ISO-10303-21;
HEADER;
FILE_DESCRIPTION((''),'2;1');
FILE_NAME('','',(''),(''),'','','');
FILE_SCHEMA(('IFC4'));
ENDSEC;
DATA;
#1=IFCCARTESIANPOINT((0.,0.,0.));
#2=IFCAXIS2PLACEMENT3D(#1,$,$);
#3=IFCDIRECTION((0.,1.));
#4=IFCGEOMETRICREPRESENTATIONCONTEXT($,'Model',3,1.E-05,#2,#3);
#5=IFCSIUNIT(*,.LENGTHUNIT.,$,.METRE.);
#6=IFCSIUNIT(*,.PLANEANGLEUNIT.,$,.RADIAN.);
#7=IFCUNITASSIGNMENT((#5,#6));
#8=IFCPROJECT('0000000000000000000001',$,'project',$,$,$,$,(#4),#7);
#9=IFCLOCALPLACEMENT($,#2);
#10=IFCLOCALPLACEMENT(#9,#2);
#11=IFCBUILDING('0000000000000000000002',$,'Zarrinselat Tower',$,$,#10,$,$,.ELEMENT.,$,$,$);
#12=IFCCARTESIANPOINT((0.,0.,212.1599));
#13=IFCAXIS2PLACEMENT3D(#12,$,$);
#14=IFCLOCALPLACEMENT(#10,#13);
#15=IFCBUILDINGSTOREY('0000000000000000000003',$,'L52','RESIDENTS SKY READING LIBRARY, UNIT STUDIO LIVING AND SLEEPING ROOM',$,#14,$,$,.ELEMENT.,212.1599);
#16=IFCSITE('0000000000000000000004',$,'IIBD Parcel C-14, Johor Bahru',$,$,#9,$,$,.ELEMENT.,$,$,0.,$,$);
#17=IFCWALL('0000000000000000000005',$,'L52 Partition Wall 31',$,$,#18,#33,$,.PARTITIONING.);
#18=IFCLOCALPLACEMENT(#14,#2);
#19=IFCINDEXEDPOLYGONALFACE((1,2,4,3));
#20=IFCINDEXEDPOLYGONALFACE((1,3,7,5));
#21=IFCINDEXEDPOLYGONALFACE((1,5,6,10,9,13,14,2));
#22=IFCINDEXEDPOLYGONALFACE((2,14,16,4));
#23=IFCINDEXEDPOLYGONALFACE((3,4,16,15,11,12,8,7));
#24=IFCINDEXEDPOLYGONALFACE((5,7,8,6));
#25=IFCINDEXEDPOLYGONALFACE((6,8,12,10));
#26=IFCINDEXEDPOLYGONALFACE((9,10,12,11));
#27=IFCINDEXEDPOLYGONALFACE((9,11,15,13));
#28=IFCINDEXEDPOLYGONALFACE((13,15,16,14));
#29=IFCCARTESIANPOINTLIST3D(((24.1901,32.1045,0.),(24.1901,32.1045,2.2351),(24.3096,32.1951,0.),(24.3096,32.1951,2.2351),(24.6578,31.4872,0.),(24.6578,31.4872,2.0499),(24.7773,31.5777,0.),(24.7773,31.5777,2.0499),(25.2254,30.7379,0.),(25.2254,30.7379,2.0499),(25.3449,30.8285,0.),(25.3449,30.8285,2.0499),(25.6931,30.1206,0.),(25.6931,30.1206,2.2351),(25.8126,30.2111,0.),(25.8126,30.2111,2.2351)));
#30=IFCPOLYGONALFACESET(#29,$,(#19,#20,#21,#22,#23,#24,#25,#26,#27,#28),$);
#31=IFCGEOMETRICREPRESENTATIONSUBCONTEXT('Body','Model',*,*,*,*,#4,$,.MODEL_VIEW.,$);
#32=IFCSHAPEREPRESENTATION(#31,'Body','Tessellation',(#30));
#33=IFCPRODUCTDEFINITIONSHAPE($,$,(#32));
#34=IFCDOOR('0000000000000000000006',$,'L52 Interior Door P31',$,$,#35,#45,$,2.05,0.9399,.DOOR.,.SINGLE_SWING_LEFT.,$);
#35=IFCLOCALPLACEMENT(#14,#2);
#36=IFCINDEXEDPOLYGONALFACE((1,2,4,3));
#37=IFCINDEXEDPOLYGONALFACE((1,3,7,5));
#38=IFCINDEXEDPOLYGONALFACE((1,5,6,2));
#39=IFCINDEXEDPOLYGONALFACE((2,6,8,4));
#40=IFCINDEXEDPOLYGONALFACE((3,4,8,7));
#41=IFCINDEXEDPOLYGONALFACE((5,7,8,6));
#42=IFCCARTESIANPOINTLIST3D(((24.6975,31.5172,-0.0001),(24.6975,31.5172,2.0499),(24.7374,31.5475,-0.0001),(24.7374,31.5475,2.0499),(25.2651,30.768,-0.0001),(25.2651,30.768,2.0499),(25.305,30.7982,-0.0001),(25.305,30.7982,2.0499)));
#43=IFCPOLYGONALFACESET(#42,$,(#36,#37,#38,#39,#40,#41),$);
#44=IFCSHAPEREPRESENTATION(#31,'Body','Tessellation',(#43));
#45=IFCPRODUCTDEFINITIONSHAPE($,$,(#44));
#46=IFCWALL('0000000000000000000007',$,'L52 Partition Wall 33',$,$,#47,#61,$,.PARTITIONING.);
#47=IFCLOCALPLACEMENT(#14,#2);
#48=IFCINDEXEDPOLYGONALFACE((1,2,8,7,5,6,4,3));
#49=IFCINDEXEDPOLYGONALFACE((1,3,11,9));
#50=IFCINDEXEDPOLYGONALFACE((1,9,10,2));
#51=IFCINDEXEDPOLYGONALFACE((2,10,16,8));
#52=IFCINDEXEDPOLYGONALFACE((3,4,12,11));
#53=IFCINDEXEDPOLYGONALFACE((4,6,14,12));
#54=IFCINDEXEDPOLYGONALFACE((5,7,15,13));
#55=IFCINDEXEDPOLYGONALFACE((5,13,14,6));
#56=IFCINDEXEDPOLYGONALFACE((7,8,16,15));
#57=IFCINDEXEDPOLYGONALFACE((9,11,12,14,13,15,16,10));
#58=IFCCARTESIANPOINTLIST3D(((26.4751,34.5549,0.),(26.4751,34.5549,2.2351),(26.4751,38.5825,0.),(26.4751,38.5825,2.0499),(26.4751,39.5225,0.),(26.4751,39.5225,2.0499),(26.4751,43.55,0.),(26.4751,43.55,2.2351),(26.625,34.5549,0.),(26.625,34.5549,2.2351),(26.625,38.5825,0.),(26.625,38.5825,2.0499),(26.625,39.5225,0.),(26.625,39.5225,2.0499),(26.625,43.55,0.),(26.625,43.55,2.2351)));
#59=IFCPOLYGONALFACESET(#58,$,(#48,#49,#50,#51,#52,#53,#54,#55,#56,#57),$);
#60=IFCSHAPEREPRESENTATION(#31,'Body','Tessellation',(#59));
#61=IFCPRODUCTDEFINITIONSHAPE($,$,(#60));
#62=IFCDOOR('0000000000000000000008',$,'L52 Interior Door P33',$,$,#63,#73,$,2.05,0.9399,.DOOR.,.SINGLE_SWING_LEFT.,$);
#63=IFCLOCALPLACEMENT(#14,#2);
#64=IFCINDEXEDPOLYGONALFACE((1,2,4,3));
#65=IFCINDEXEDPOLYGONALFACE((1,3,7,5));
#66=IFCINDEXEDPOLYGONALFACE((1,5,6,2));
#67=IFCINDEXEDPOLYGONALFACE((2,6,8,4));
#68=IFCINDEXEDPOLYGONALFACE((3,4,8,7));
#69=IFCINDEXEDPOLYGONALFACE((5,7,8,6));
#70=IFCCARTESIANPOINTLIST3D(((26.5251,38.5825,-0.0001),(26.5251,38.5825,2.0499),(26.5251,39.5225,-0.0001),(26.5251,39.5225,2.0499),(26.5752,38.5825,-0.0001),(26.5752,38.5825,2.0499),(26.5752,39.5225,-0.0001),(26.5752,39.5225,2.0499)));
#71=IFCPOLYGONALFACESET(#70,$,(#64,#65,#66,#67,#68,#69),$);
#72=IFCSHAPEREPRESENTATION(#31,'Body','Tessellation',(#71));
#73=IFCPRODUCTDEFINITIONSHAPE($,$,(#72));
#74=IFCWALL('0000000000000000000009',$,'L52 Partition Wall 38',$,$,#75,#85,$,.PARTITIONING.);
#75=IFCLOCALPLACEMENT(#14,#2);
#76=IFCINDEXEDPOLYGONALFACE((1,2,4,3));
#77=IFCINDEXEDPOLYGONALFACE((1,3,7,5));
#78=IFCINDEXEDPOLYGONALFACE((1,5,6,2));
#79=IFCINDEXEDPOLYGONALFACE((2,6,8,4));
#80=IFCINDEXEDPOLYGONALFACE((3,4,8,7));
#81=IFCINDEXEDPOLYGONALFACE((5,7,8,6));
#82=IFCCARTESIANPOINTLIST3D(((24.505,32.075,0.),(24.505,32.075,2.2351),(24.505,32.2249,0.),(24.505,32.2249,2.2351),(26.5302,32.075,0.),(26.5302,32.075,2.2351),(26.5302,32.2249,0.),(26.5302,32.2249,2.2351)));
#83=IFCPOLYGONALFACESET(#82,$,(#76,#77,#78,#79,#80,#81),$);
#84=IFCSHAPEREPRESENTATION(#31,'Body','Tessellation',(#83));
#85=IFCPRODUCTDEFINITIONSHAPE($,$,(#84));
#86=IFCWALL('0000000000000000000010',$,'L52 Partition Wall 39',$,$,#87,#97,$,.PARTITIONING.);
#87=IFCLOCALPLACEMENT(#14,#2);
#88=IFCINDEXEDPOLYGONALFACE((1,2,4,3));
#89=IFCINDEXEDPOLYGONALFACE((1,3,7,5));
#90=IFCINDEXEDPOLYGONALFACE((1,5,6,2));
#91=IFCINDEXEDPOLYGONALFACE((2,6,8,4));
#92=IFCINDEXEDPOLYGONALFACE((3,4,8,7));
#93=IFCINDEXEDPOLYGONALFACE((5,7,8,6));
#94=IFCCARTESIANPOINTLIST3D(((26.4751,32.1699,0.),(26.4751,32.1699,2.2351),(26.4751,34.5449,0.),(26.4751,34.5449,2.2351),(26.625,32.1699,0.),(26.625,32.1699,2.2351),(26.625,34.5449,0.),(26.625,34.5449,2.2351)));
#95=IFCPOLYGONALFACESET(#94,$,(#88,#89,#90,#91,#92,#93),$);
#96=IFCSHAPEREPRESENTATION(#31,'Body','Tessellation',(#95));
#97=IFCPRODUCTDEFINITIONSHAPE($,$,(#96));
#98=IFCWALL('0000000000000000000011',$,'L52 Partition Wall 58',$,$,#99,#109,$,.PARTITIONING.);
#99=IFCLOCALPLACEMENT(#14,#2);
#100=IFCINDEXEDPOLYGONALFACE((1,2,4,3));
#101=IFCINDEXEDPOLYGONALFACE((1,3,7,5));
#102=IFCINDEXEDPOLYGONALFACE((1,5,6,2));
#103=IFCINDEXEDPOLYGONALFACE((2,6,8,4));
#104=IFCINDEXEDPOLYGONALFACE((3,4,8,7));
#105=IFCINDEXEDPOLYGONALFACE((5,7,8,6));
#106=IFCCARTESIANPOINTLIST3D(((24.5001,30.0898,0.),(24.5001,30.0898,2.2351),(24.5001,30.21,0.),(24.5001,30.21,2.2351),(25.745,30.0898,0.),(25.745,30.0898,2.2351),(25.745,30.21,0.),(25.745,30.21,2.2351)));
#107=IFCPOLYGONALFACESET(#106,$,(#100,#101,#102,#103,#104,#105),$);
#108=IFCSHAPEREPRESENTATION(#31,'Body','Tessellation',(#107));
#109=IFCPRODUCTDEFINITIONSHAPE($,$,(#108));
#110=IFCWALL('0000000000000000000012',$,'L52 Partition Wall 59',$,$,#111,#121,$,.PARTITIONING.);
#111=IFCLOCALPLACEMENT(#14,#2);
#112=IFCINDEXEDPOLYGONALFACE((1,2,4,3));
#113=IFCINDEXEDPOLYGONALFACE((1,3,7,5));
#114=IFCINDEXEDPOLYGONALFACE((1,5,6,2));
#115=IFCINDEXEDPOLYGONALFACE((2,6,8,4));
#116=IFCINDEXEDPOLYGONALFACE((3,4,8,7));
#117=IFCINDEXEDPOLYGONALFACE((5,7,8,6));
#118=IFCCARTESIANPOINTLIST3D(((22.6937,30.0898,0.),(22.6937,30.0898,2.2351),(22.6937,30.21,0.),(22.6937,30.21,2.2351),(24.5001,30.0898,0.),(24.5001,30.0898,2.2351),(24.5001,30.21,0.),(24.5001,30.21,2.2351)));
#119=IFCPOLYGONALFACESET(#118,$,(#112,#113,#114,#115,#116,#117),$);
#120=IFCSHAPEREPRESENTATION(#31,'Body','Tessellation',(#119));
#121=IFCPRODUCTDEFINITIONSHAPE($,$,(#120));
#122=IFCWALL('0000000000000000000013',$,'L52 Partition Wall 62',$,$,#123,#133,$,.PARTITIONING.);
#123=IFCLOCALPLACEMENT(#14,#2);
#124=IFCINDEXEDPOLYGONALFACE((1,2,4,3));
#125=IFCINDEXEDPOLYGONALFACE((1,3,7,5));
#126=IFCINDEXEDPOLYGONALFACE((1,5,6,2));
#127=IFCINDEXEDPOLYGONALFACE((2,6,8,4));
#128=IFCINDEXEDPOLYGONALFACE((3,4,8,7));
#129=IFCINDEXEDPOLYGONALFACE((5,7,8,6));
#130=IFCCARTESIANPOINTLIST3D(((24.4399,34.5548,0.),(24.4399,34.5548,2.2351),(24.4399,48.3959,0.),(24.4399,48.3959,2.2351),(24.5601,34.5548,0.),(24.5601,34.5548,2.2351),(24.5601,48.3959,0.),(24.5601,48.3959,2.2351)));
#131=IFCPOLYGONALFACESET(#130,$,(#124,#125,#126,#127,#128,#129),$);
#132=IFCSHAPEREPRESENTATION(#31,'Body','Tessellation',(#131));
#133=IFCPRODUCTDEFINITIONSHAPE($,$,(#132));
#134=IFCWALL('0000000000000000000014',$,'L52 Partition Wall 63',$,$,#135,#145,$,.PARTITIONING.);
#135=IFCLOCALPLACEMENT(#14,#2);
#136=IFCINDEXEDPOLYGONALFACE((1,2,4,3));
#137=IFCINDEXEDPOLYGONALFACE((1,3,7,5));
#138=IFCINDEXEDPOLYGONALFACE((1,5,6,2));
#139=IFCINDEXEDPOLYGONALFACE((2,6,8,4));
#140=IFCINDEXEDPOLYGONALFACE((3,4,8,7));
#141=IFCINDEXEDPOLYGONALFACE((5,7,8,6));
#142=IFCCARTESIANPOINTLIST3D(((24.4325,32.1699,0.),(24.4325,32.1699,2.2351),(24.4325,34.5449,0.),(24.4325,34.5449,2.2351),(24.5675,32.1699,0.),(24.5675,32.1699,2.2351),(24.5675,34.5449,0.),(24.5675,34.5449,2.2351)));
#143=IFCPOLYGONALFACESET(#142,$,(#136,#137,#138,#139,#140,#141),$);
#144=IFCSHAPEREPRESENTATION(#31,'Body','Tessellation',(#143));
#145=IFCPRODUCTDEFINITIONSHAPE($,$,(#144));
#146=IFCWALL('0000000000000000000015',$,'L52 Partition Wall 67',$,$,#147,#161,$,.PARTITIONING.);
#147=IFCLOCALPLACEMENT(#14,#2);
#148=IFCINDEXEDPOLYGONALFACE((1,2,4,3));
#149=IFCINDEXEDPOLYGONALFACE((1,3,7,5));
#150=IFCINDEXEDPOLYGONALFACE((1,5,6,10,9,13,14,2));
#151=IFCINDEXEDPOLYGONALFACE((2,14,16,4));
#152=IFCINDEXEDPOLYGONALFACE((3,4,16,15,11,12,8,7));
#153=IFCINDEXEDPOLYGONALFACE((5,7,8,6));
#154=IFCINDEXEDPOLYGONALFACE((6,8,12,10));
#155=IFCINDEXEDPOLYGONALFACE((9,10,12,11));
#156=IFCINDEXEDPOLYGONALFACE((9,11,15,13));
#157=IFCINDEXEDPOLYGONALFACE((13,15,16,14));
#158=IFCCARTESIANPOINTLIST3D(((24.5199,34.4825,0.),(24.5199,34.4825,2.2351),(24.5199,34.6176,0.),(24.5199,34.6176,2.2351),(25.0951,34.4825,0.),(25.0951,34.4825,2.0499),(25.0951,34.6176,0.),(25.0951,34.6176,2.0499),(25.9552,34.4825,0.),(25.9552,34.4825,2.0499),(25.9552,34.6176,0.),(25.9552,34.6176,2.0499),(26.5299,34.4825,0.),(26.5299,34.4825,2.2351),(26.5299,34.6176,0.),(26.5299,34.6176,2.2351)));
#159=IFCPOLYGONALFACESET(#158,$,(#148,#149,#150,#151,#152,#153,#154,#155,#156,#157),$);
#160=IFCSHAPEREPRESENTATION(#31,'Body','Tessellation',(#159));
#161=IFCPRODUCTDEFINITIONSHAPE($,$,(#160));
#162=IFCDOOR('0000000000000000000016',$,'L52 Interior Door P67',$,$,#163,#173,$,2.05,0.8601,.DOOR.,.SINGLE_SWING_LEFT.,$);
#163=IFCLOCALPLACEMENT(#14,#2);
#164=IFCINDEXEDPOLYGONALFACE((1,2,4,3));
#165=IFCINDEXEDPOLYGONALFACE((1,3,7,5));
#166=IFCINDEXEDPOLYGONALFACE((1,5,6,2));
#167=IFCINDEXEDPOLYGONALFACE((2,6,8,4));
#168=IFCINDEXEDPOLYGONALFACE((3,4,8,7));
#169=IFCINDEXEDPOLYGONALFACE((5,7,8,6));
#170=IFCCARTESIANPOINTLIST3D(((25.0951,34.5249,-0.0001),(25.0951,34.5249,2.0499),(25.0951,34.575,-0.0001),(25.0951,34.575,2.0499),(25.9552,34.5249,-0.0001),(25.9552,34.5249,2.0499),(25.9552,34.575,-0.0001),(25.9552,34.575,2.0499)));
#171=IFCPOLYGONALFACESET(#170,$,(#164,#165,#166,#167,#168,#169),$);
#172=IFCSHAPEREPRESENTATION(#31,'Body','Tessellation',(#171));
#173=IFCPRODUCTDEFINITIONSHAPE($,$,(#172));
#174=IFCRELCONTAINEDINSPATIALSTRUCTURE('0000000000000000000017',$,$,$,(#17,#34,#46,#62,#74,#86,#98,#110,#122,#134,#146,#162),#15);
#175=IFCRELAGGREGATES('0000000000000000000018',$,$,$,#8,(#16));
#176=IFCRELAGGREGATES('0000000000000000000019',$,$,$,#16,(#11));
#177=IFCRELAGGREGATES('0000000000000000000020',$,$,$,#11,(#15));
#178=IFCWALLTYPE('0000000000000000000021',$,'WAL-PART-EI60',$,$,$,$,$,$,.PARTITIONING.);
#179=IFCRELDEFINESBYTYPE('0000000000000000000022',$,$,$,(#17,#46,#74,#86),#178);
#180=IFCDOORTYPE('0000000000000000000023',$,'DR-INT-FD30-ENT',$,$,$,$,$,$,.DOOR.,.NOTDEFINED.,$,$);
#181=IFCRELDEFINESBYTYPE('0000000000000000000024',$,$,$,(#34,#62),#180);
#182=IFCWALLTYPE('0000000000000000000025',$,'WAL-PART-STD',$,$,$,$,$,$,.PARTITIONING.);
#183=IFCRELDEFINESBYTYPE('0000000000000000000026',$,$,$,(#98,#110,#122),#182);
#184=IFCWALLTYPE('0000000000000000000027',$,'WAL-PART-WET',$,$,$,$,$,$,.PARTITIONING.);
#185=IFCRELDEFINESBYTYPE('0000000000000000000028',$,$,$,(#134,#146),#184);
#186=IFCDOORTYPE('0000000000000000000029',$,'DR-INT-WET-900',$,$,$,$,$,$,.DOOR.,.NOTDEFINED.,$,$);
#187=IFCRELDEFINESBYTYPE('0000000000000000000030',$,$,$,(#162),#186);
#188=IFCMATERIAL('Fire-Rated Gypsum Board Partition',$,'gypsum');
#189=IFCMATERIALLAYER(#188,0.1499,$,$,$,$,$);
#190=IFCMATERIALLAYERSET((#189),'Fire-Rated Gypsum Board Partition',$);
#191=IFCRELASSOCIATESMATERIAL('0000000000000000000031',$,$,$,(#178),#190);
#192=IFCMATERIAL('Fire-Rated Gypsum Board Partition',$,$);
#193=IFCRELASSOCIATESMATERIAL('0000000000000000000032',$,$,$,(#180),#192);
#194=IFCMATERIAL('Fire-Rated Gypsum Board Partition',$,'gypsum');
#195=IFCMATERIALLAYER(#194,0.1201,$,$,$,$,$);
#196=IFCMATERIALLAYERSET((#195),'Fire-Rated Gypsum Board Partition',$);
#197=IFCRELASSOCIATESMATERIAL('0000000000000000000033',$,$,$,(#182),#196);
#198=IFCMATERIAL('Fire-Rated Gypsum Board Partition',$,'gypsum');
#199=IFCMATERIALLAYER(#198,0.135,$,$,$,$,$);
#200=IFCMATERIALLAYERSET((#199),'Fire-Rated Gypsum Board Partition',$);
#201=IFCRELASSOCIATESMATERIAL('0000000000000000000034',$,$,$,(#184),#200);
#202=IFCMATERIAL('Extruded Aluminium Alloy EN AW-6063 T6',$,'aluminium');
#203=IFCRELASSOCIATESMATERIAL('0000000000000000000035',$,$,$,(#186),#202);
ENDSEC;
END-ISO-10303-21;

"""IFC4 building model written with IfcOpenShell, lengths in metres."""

from ifc_helpers import new_model, si_unit, direction, frame, frame_2d, origin, place, context, subcontext, project, spatial, rectangle, extrude, material, layer, layer_set, type_object, element, fill, save


model = new_model("IFC4")

# Units and contexts
model_context = context("Model", 3, precision=1e-05, world=origin(), true_north=direction((0.0, 1.0)))
body_context = subcontext(model_context, "Body", "Model", "MODEL_VIEW")
ifc_project = project(units=[si_unit("LENGTHUNIT", "METRE"), si_unit("PLANEANGLEUNIT", "RADIAN")], contexts=[model_context])

# Site, building, storey
site_placement = place(None, origin())
site = spatial("IfcSite", under=ifc_project, at=site_placement, Name="IIBD Parcel C-14, Johor Bahru", CompositionType="ELEMENT", RefElevation=0.0)
building_placement = place(site_placement, origin())
building = spatial("IfcBuilding", under=site, at=building_placement, Name="Zarrinselat Tower", CompositionType="ELEMENT")
storey_placement = place(building_placement, frame((0.0, 0.0, 212.1599)))
storey = spatial("IfcBuildingStorey", under=building, at=storey_placement, Name="L52", Description="RESIDENTS SKY READING LIBRARY, UNIT STUDIO LIVING AND SLEEPING ROOM", CompositionType="ELEMENT", Elevation=212.1599)

# Shared definitions
ifc_material_1 = material(Name="Fire-Rated Gypsum Board Partition", Category="gypsum")
ifc_layer_1 = layer(ifc_material_1, 0.1499)
ifc_layer_set_1 = layer_set([ifc_layer_1], Name="Fire-Rated Gypsum Board Partition")
wall_type_1 = type_object("IfcWallType", Name="WAL-PART-EI60", PredefinedType="PARTITIONING", material=ifc_layer_set_1)

# Walls, openings, doors
wall_1_placement = place(storey_placement, frame((24.2498, 32.1499, 0.0), z_axis=(0.0, 0.0, 1.0), x_axis=(0.603854, -0.797095, 0.0)))
wall_1 = element("IfcWall", 1, at=wall_1_placement, inside=storey, type_object=wall_type_1, Name="L52 Partition Wall 31", PredefinedType="PARTITIONING", context=body_context, shape_type="SweptSolid", body=[
    extrude(rectangle(XDim=2.489, YDim=0.1499, at=frame_2d((1.2446, 0.0))), origin(), (0.0, 0.0, 1.0), 2.2351),
])
opening_1_placement = place(wall_1_placement, frame((0.7747, 0.0, 0.0)))
opening_1 = element("IfcOpeningElement", 2, at=opening_1_placement, cuts=wall_1, PredefinedType="OPENING", context=body_context, shape_type="SweptSolid", body=[
    extrude(rectangle(XDim=0.9399, YDim=2.05, at=frame_2d((0.47, 1.0249))), frame((0.0, 0.085, 0.0), z_axis=(0.0, -1.0, 0.0), x_axis=(1.0, 0.0, 0.0)), (0.0, 0.0, 1.0), 0.1699),
])
ifc_material_2 = material(Name="Fire-Rated Gypsum Board Partition")
door_type_1 = type_object("IfcDoorType", Name="DR-INT-FD30-ENT", OperationType="NOTDEFINED", PredefinedType="DOOR", material=ifc_material_2)
door_1_placement = place(opening_1_placement, origin())
door_1 = element("IfcDoor", 3, at=door_1_placement, inside=storey, type_object=door_type_1, Name="L52 Interior Door P31", OperationType="SINGLE_SWING_LEFT", OverallHeight=2.05, OverallWidth=0.9399, PredefinedType="DOOR", context=body_context, shape_type="SweptSolid", body=[
    extrude(rectangle(XDim=0.9399, YDim=2.05, at=frame_2d((0.47, 1.0249))), frame((0.0, 0.0249, 0.0), z_axis=(0.0, -1.0, 0.0), x_axis=(1.0, 0.0, 0.0)), (0.0, 0.0, 1.0), 0.05),
])
fill(opening_1, door_1)
wall_2_placement = place(storey_placement, frame((26.55, 34.5549, 0.0), z_axis=(0.0, 0.0, 1.0), x_axis=(0.0, 1.0, 0.0)))
wall_2 = element("IfcWall", 4, at=wall_2_placement, inside=storey, type_object=wall_type_1, Name="L52 Partition Wall 33", PredefinedType="PARTITIONING", context=body_context, shape_type="SweptSolid", body=[
    extrude(rectangle(XDim=8.9951, YDim=0.1499, at=frame_2d((4.4976, 0.0))), origin(), (0.0, 0.0, 1.0), 2.2351),
])
opening_2_placement = place(wall_2_placement, frame((4.0276, 0.0, 0.0)))
opening_2 = element("IfcOpeningElement", 5, at=opening_2_placement, cuts=wall_2, PredefinedType="OPENING", context=body_context, shape_type="SweptSolid", body=[
    extrude(rectangle(XDim=0.9399, YDim=2.05, at=frame_2d((0.47, 1.0249))), frame((0.0, 0.085, 0.0), z_axis=(0.0, -1.0, 0.0), x_axis=(1.0, 0.0, 0.0)), (0.0, 0.0, 1.0), 0.1699),
])
door_2_placement = place(opening_2_placement, origin())
door_2 = element("IfcDoor", 6, at=door_2_placement, inside=storey, type_object=door_type_1, Name="L52 Interior Door P33", OperationType="SINGLE_SWING_LEFT", OverallHeight=2.05, OverallWidth=0.9399, PredefinedType="DOOR", context=body_context, shape_type="SweptSolid", body=[
    extrude(rectangle(XDim=0.9399, YDim=2.05, at=frame_2d((0.47, 1.0249))), frame((0.0, 0.0249, 0.0), z_axis=(0.0, -1.0, 0.0), x_axis=(1.0, 0.0, 0.0)), (0.0, 0.0, 1.0), 0.05),
])
fill(opening_2, door_2)

# Walls
wall_3_placement = place(storey_placement, frame((24.5049, 32.1499, 0.0), z_axis=(0.0, 0.0, 1.0), x_axis=(1.0, 0.0, 0.0)))
element("IfcWall", 7, at=wall_3_placement, inside=storey, type_object=wall_type_1, Name="L52 Partition Wall 38", PredefinedType="PARTITIONING", context=body_context, shape_type="SweptSolid", body=[
    extrude(rectangle(XDim=2.0251, YDim=0.1499, at=frame_2d((1.0127, 0.0))), origin(), (0.0, 0.0, 1.0), 2.2351),
])
wall_4_placement = place(storey_placement, frame((26.55, 32.1699, 0.0), z_axis=(0.0, 0.0, 1.0), x_axis=(0.0, 1.0, 0.0)))
element("IfcWall", 8, at=wall_4_placement, inside=storey, type_object=wall_type_1, Name="L52 Partition Wall 39", PredefinedType="PARTITIONING", context=body_context, shape_type="SweptSolid", body=[
    extrude(rectangle(XDim=2.375, YDim=0.1499, at=frame_2d((1.1875, 0.0))), origin(), (0.0, 0.0, 1.0), 2.2351),
])
ifc_material_3 = material(Name="Fire-Rated Gypsum Board Partition", Category="gypsum")
ifc_layer_2 = layer(ifc_material_3, 0.1201)
ifc_layer_set_2 = layer_set([ifc_layer_2], Name="Fire-Rated Gypsum Board Partition")
wall_type_2 = type_object("IfcWallType", Name="WAL-PART-STD", PredefinedType="PARTITIONING", material=ifc_layer_set_2)
wall_5_placement = place(storey_placement, frame((24.5, 30.1499, 0.0), z_axis=(0.0, 0.0, 1.0), x_axis=(1.0, 0.0, 0.0)))
element("IfcWall", 9, at=wall_5_placement, inside=storey, type_object=wall_type_2, Name="L52 Partition Wall 58", PredefinedType="PARTITIONING", context=body_context, shape_type="SweptSolid", body=[
    extrude(rectangle(XDim=1.2449, YDim=0.1201, at=frame_2d((0.6226, 0.0))), origin(), (0.0, 0.0, 1.0), 2.2351),
])
wall_6_placement = place(storey_placement, frame((22.6936, 30.1499, 0.0), z_axis=(0.0, 0.0, 1.0), x_axis=(1.0, 0.0, 0.0)))
element("IfcWall", 10, at=wall_6_placement, inside=storey, type_object=wall_type_2, Name="L52 Partition Wall 59", PredefinedType="PARTITIONING", context=body_context, shape_type="SweptSolid", body=[
    extrude(rectangle(XDim=1.8064, YDim=0.1201, at=frame_2d((0.9033, 0.0))), origin(), (0.0, 0.0, 1.0), 2.2351),
])
wall_7_placement = place(storey_placement, frame((24.5, 34.5549, 0.0), z_axis=(0.0, 0.0, 1.0), x_axis=(0.0, 1.0, 0.0)))
element("IfcWall", 11, at=wall_7_placement, inside=storey, type_object=wall_type_2, Name="L52 Partition Wall 62", PredefinedType="PARTITIONING", context=body_context, shape_type="SweptSolid", body=[
    extrude(rectangle(XDim=13.8411, YDim=0.1201, at=frame_2d((6.9204, 0.0))), origin(), (0.0, 0.0, 1.0), 2.2351),
])
ifc_material_4 = material(Name="Fire-Rated Gypsum Board Partition", Category="gypsum")
ifc_layer_3 = layer(ifc_material_4, 0.135)
ifc_layer_set_3 = layer_set([ifc_layer_3], Name="Fire-Rated Gypsum Board Partition")
wall_type_3 = type_object("IfcWallType", Name="WAL-PART-WET", PredefinedType="PARTITIONING", material=ifc_layer_set_3)
wall_8_placement = place(storey_placement, frame((24.5, 32.1699, 0.0), z_axis=(0.0, 0.0, 1.0), x_axis=(0.0, 1.0, 0.0)))
element("IfcWall", 12, at=wall_8_placement, inside=storey, type_object=wall_type_3, Name="L52 Partition Wall 63", PredefinedType="PARTITIONING", context=body_context, shape_type="SweptSolid", body=[
    extrude(rectangle(XDim=2.375, YDim=0.135, at=frame_2d((1.1875, 0.0))), origin(), (0.0, 0.0, 1.0), 2.2351),
])

# Wall, opening, door
wall_9_placement = place(storey_placement, frame((24.52, 34.55, 0.0), z_axis=(0.0, 0.0, 1.0), x_axis=(1.0, 0.0, 0.0)))
wall_9 = element("IfcWall", 13, at=wall_9_placement, inside=storey, type_object=wall_type_3, Name="L52 Partition Wall 67", PredefinedType="PARTITIONING", context=body_context, shape_type="SweptSolid", body=[
    extrude(rectangle(XDim=2.01, YDim=0.135, at=frame_2d((1.0049, 0.0))), origin(), (0.0, 0.0, 1.0), 2.2351),
])
opening_3_placement = place(wall_9_placement, frame((0.575, 0.0, 0.0)))
opening_3 = element("IfcOpeningElement", 14, at=opening_3_placement, cuts=wall_9, PredefinedType="OPENING", context=body_context, shape_type="SweptSolid", body=[
    extrude(rectangle(XDim=0.8601, YDim=2.05, at=frame_2d((0.4302, 1.0249))), frame((0.0, 0.0774, 0.0), z_axis=(0.0, -1.0, 0.0), x_axis=(1.0, 0.0, 0.0)), (0.0, 0.0, 1.0), 0.155),
])
ifc_material_5 = material(Name="Extruded Aluminium Alloy EN AW-6063 T6", Category="aluminium")
door_type_2 = type_object("IfcDoorType", Name="DR-INT-WET-900", OperationType="NOTDEFINED", PredefinedType="DOOR", material=ifc_material_5)
door_3_placement = place(opening_3_placement, origin())
door_3 = element("IfcDoor", 15, at=door_3_placement, inside=storey, type_object=door_type_2, Name="L52 Interior Door P67", OperationType="SINGLE_SWING_LEFT", OverallHeight=2.05, OverallWidth=0.8601, PredefinedType="DOOR", context=body_context, shape_type="SweptSolid", body=[
    extrude(rectangle(XDim=0.8601, YDim=2.05, at=frame_2d((0.4302, 1.0249))), frame((0.0, 0.0249, 0.0), z_axis=(0.0, -1.0, 0.0), x_axis=(1.0, 0.0, 0.0)), (0.0, 0.0, 1.0), 0.05),
])
fill(opening_3, door_3)

save(model, "model.ifc")
